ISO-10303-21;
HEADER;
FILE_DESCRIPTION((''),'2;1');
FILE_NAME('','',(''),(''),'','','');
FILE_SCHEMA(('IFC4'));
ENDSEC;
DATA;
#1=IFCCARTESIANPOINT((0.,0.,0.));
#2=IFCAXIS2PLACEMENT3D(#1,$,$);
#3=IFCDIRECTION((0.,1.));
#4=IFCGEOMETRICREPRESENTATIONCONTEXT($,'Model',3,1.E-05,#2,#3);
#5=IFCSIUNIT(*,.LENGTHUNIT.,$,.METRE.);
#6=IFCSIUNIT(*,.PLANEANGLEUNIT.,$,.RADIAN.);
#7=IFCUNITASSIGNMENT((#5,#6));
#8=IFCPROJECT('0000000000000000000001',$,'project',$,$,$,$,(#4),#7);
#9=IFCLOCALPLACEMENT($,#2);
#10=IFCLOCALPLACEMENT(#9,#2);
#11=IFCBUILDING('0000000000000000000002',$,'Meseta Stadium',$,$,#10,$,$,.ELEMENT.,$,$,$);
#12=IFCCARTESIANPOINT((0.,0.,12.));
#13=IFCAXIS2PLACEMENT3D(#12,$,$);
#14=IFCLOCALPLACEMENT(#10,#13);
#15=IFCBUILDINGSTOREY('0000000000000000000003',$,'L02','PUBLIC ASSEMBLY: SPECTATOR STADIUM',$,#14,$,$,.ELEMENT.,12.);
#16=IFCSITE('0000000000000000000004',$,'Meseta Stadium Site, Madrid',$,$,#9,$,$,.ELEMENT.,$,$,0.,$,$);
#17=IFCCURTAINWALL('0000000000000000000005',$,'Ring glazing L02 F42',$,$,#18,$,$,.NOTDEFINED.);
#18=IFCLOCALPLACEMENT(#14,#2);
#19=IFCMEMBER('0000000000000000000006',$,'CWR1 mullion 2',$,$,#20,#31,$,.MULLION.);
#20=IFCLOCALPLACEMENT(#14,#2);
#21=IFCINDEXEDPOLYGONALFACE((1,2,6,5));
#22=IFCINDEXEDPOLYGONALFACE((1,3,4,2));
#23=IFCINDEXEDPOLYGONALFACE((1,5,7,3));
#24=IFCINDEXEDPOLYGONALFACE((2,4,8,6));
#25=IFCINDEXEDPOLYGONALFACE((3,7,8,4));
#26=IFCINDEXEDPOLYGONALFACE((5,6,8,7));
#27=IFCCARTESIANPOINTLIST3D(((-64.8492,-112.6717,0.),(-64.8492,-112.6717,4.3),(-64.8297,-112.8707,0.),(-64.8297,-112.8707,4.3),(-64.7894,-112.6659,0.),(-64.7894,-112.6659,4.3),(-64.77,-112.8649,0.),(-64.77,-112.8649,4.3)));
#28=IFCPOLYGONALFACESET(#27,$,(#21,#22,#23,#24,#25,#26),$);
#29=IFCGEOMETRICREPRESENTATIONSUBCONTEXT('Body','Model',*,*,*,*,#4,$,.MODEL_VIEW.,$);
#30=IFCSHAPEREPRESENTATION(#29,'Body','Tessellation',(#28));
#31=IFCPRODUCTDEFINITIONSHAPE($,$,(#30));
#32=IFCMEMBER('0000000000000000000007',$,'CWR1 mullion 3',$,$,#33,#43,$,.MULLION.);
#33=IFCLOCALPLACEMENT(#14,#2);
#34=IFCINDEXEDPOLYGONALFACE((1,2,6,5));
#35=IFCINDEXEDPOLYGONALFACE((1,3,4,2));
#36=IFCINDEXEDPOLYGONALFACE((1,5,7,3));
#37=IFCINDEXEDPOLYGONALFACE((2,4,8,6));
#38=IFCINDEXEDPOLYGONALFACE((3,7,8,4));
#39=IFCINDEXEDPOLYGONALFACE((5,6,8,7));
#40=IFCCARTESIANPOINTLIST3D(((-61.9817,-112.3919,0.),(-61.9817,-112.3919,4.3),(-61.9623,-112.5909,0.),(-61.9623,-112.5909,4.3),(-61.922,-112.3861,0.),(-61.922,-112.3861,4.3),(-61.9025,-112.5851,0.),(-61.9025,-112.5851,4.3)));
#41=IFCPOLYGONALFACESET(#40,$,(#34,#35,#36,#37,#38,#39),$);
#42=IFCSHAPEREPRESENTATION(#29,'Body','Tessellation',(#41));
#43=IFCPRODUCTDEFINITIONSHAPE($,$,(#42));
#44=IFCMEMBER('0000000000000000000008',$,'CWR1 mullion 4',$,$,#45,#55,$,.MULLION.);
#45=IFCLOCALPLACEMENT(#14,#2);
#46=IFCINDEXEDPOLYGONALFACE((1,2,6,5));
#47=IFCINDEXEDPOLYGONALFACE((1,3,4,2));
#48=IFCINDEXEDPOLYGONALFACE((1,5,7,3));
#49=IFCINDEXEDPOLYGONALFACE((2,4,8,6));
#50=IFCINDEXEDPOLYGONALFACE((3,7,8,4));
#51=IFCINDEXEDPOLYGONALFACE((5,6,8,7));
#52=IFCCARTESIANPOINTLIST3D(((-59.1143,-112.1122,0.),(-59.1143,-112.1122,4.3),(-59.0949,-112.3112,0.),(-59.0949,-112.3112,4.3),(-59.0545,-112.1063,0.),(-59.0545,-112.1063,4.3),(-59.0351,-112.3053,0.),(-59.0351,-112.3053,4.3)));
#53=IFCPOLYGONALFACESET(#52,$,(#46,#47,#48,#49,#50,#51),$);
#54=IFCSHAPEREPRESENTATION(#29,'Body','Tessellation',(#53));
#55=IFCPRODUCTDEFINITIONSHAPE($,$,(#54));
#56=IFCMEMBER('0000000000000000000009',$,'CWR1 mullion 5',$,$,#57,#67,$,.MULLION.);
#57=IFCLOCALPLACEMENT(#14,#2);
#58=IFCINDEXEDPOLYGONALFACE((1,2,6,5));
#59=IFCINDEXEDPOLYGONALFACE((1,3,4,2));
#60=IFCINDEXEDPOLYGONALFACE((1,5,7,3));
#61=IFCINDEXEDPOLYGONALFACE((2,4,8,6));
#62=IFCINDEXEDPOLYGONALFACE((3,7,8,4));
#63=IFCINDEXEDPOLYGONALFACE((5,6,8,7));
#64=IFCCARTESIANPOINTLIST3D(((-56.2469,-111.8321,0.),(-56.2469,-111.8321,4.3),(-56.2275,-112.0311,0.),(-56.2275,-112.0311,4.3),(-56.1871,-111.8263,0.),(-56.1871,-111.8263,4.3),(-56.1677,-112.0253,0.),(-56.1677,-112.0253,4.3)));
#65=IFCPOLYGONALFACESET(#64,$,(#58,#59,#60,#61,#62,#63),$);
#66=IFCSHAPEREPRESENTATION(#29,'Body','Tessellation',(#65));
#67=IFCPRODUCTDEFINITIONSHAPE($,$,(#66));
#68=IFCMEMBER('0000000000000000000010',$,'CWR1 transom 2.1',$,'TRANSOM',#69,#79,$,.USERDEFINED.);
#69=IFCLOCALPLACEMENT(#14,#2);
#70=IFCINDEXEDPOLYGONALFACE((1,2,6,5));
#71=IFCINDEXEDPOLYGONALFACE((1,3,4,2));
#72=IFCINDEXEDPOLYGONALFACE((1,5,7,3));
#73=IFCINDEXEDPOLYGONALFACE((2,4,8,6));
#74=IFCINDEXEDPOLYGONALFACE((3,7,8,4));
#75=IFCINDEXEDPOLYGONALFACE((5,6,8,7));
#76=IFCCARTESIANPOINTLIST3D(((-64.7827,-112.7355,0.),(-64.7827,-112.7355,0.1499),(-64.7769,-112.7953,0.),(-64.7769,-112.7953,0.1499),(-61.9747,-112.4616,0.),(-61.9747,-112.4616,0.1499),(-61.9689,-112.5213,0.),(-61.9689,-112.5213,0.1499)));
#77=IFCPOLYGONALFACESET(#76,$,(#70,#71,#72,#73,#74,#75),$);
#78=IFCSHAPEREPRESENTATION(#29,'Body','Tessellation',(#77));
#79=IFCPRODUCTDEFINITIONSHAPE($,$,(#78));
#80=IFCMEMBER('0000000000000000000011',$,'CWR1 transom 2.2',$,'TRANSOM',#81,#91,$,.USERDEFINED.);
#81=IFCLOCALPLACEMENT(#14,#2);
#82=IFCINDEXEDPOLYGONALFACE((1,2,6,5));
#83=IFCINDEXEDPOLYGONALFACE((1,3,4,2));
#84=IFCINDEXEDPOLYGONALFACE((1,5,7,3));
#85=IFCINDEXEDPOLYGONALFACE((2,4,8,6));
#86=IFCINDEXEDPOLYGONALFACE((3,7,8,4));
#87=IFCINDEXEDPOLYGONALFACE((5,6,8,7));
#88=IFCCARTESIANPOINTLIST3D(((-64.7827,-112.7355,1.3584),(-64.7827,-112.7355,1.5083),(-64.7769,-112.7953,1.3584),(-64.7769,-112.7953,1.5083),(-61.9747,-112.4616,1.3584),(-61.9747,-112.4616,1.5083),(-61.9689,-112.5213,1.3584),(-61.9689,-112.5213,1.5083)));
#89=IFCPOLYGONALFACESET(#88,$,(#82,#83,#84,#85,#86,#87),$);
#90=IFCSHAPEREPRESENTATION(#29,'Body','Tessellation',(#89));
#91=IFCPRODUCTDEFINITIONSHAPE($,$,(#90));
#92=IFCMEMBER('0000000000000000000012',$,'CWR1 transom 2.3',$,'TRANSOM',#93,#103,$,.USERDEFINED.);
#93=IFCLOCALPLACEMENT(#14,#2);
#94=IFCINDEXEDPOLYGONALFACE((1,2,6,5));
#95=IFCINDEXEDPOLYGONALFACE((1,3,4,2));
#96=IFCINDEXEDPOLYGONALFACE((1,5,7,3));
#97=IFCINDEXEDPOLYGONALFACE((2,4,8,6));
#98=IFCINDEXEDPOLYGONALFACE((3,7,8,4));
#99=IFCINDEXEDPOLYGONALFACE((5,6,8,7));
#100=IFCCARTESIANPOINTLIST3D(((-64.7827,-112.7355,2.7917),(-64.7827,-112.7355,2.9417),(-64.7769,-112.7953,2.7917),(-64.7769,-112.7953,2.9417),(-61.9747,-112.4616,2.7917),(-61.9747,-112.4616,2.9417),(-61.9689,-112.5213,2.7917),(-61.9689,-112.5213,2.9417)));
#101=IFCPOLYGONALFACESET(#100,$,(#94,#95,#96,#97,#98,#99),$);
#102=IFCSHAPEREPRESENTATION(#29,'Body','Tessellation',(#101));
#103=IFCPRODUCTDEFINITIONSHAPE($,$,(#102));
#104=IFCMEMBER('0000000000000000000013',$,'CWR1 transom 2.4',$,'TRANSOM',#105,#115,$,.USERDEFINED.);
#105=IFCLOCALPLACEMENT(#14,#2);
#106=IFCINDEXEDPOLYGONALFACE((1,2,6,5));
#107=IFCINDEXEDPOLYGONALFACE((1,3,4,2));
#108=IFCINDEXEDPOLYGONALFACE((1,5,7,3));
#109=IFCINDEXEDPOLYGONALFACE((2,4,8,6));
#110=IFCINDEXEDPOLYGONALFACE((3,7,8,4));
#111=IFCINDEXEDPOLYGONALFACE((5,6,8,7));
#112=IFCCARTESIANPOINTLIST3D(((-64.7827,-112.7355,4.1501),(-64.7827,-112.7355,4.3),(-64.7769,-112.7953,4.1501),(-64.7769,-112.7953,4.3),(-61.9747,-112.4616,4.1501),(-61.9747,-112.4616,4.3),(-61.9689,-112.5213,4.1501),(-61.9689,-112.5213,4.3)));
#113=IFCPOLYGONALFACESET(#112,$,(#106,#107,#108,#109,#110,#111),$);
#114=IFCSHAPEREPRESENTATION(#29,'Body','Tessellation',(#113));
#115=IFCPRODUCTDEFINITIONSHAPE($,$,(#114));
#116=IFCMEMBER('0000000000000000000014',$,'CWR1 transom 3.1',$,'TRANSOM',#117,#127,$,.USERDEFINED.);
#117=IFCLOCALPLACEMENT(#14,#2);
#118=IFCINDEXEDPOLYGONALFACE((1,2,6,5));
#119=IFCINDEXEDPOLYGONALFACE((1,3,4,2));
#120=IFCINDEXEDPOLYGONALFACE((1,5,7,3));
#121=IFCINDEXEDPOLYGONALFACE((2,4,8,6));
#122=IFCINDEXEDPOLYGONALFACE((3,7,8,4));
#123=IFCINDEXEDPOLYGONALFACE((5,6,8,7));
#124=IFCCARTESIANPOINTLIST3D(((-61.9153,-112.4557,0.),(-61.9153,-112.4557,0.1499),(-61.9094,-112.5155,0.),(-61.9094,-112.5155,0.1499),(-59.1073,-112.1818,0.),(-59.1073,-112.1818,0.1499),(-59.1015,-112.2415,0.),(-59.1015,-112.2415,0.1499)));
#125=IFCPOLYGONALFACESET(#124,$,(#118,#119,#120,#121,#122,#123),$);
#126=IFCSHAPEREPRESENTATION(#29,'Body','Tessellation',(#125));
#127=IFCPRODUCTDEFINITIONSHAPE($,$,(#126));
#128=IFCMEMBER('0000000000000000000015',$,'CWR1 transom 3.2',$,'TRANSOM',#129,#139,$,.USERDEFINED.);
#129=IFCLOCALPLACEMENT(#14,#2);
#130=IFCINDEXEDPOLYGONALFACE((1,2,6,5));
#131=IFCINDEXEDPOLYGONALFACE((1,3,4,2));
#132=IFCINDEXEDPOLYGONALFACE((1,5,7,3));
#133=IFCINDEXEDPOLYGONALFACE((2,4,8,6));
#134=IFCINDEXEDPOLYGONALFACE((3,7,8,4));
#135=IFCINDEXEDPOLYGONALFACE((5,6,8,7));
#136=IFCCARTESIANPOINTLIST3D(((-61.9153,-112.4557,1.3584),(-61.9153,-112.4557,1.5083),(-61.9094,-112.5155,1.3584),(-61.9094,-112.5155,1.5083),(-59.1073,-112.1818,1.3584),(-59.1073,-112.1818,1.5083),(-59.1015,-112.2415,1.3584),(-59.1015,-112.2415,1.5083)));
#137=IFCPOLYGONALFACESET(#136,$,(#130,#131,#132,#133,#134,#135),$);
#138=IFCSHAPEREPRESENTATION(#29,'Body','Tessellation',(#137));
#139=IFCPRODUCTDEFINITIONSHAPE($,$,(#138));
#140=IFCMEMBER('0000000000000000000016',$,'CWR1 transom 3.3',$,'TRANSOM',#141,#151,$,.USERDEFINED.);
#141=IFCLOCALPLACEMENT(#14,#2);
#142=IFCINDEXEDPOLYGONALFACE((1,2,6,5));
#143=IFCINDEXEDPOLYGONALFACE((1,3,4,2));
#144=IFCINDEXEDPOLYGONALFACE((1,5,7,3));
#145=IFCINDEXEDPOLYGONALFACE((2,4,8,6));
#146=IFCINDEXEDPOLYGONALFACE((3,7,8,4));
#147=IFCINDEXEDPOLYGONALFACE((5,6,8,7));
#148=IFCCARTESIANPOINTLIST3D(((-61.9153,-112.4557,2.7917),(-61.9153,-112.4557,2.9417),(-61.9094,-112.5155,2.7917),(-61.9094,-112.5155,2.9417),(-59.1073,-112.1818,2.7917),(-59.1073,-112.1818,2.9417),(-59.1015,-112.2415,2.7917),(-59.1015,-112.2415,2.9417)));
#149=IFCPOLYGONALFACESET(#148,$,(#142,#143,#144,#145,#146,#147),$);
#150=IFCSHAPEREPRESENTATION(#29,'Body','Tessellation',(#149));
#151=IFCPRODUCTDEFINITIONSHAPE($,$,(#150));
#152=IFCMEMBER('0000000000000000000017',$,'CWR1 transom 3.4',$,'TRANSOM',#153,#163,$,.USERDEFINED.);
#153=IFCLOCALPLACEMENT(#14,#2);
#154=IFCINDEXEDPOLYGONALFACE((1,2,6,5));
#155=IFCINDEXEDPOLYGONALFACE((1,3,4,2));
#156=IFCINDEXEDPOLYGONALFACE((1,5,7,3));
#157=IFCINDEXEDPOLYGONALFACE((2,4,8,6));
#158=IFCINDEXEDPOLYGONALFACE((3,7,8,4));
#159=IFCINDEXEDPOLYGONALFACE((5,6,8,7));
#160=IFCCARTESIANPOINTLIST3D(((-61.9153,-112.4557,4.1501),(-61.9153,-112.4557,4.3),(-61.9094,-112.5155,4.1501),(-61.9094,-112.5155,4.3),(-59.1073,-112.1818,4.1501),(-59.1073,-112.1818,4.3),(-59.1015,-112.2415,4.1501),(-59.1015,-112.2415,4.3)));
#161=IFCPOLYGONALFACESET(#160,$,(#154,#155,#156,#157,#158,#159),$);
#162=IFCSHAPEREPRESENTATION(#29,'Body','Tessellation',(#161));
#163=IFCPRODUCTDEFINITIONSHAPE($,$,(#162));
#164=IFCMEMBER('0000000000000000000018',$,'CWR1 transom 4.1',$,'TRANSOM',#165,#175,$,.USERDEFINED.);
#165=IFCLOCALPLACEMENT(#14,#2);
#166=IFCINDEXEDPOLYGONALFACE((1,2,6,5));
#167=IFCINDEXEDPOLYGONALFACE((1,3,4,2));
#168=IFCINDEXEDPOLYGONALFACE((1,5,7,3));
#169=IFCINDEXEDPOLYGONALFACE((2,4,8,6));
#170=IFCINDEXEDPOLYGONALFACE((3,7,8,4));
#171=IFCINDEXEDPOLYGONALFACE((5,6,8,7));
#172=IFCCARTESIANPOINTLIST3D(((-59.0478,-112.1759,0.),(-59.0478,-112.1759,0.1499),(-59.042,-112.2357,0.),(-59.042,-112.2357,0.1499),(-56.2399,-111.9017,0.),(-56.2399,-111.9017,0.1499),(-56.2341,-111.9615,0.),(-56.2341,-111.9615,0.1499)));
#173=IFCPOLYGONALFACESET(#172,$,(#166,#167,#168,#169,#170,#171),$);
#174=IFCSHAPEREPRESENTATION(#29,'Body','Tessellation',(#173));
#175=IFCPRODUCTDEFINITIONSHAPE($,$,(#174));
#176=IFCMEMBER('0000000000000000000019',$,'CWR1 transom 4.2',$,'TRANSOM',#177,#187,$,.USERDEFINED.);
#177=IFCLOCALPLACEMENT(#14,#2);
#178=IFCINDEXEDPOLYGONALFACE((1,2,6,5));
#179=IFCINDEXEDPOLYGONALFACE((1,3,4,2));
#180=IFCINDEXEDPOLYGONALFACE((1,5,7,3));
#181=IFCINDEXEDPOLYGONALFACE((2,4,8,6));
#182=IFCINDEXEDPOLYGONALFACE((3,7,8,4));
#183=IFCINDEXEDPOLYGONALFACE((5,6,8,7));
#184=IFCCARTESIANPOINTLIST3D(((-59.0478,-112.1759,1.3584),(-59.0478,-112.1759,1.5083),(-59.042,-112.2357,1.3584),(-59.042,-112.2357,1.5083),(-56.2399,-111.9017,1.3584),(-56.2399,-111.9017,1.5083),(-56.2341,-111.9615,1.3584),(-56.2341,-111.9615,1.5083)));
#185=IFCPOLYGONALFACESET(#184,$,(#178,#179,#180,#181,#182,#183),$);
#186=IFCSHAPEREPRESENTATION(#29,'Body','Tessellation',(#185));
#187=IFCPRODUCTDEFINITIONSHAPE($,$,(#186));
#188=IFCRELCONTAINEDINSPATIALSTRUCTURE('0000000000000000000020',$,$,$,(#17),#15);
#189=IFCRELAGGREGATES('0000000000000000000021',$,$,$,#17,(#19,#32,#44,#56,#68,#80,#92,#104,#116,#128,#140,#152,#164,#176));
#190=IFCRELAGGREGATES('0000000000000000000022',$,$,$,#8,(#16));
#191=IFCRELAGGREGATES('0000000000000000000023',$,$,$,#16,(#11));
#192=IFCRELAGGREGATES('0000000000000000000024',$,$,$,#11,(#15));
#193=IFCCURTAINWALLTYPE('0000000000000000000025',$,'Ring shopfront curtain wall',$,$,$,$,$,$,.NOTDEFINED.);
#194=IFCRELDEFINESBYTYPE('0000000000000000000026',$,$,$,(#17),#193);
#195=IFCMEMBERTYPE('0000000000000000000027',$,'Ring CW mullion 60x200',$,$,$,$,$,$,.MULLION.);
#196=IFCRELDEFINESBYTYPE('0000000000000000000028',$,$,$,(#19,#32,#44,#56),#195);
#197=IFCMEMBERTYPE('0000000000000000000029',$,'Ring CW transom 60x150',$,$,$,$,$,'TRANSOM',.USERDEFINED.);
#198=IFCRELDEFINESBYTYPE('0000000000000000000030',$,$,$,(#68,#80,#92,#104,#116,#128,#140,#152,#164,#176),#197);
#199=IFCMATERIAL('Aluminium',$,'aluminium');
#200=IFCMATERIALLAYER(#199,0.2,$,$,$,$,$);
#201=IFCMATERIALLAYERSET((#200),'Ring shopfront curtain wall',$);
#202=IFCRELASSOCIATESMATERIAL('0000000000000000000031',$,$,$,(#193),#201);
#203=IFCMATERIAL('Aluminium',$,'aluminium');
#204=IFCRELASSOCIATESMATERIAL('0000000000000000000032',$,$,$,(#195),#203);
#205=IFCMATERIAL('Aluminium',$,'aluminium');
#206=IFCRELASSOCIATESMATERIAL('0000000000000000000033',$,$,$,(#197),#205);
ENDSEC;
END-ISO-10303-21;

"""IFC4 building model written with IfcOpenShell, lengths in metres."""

from ifc_helpers import new_model, si_unit, direction, frame, origin, origin_2d, place, context, subcontext, project, spatial, rectangle, extrude, material, layer, layer_set, material_profile, profile_set, type_object, element, aggregate, save


model = new_model("IFC4")

# Units and contexts
model_context = context("Model", 3, precision=1e-05, world=origin(), true_north=direction((0.0, 1.0)))
body_context = subcontext(model_context, "Body", "Model", "MODEL_VIEW")
ifc_project = project(units=[si_unit("LENGTHUNIT", "METRE"), si_unit("PLANEANGLEUNIT", "RADIAN")], contexts=[model_context])

# Site, building, storey
site_placement = place(None, origin())
site = spatial("IfcSite", under=ifc_project, at=site_placement, Name="Meseta Stadium Site, Madrid", CompositionType="ELEMENT", RefElevation=0.0)
building_placement = place(site_placement, origin())
building = spatial("IfcBuilding", under=site, at=building_placement, Name="Meseta Stadium", CompositionType="ELEMENT")
storey_placement = place(building_placement, frame((0.0, 0.0, 12.0)))
storey = spatial("IfcBuildingStorey", under=building, at=storey_placement, Name="L02", Description="PUBLIC ASSEMBLY: SPECTATOR STADIUM", CompositionType="ELEMENT", Elevation=12.0)

# Curtain wall, members
ifc_material_1 = material(Name="Aluminium", Category="aluminium")
ifc_layer_1 = layer(ifc_material_1, 0.2)
ifc_layer_set_1 = layer_set([ifc_layer_1], Name="Ring shopfront curtain wall")
curtain_wall_type = type_object("IfcCurtainWallType", Name="Ring shopfront curtain wall", PredefinedType="NOTDEFINED", material=ifc_layer_set_1)
curtain_wall_placement = place(storey_placement, origin())
curtain_wall = element("IfcCurtainWall", 1, at=curtain_wall_placement, inside=storey, type_object=curtain_wall_type, Name="Ring glazing L02 F42", PredefinedType="NOTDEFINED")
ifc_material_2 = material(Name="Aluminium", Category="aluminium")
ifc_material_profile_1 = material_profile(ifc_material_2, rectangle(XDim=0.2, YDim=0.0601, at=origin_2d()), Name="CW 200x60")
ifc_profile_set_1 = profile_set([ifc_material_profile_1], Name="Aluminium")
member_type_1 = type_object("IfcMemberType", Name="Ring CW mullion 60x200", PredefinedType="MULLION", material=ifc_profile_set_1)
member_1_placement = place(storey_placement, frame((-64.8096, -112.7683, 0.0), z_axis=(0.0, 0.0, 1.0), x_axis=(-0.097125, 0.995272, 0.0)))
member_1 = element("IfcMember", 2, at=member_1_placement, type_object=member_type_1, Name="CWR1 mullion 2", PredefinedType="MULLION", context=body_context, shape_type="SweptSolid", body=[
    extrude(rectangle(XDim=0.2, YDim=0.0601, at=origin_2d()), origin(), (0.0, 0.0, 1.0), 4.3),
])
member_2_placement = place(storey_placement, frame((-61.9421, -112.4885, 0.0), z_axis=(0.0, 0.0, 1.0), x_axis=(-0.097125, 0.995272, 0.0)))
member_2 = element("IfcMember", 3, at=member_2_placement, type_object=member_type_1, Name="CWR1 mullion 3", PredefinedType="MULLION", context=body_context, shape_type="SweptSolid", body=[
    extrude(rectangle(XDim=0.2, YDim=0.0601, at=origin_2d()), origin(), (0.0, 0.0, 1.0), 4.3),
])
member_3_placement = place(storey_placement, frame((-59.0747, -112.2087, 0.0), z_axis=(0.0, 0.0, 1.0), x_axis=(-0.097125, 0.995272, 0.0)))
member_3 = element("IfcMember", 4, at=member_3_placement, type_object=member_type_1, Name="CWR1 mullion 4", PredefinedType="MULLION", context=body_context, shape_type="SweptSolid", body=[
    extrude(rectangle(XDim=0.2, YDim=0.0601, at=origin_2d()), origin(), (0.0, 0.0, 1.0), 4.3),
])
member_4_placement = place(storey_placement, frame((-56.2073, -111.9287, 0.0), z_axis=(0.0, 0.0, 1.0), x_axis=(-0.097125, 0.995272, 0.0)))
member_4 = element("IfcMember", 5, at=member_4_placement, type_object=member_type_1, Name="CWR1 mullion 5", PredefinedType="MULLION", context=body_context, shape_type="SweptSolid", body=[
    extrude(rectangle(XDim=0.2, YDim=0.0601, at=origin_2d()), origin(), (0.0, 0.0, 1.0), 4.3),
])
ifc_material_3 = material(Name="Aluminium", Category="aluminium")
ifc_material_profile_2 = material_profile(ifc_material_3, rectangle(XDim=0.0601, YDim=0.1499, at=origin_2d()), Name="CW 60x150")
ifc_profile_set_2 = profile_set([ifc_material_profile_2], Name="Aluminium")
member_type_2 = type_object("IfcMemberType", Name="Ring CW transom 60x150", ElementType="TRANSOM", PredefinedType="USERDEFINED", material=ifc_profile_set_2)
member_5_placement = place(storey_placement, frame((-64.7798, -112.7654, 0.075), z_axis=(0.995275, 0.097096, 0.0), x_axis=(-0.097096, 0.995275, 0.0)))
member_5 = element("IfcMember", 6, at=member_5_placement, type_object=member_type_2, Name="CWR1 transom 2.1", ObjectType="TRANSOM", PredefinedType="USERDEFINED", context=body_context, shape_type="SweptSolid", body=[
    extrude(rectangle(XDim=0.0601, YDim=0.1499, at=origin_2d()), origin(), (0.0, 0.0, 1.0), 2.8213),
])
member_6_placement = place(storey_placement, frame((-64.7798, -112.7654, 1.4333), z_axis=(0.995275, 0.097096, 0.0), x_axis=(-0.097096, 0.995275, 0.0)))
member_6 = element("IfcMember", 7, at=member_6_placement, type_object=member_type_2, Name="CWR1 transom 2.2", ObjectType="TRANSOM", PredefinedType="USERDEFINED", context=body_context, shape_type="SweptSolid", body=[
    extrude(rectangle(XDim=0.0601, YDim=0.1499, at=origin_2d()), origin(), (0.0, 0.0, 1.0), 2.8213),
])
member_7_placement = place(storey_placement, frame((-64.7798, -112.7654, 2.8667), z_axis=(0.995275, 0.097096, 0.0), x_axis=(-0.097096, 0.995275, 0.0)))
member_7 = element("IfcMember", 8, at=member_7_placement, type_object=member_type_2, Name="CWR1 transom 2.3", ObjectType="TRANSOM", PredefinedType="USERDEFINED", context=body_context, shape_type="SweptSolid", body=[
    extrude(rectangle(XDim=0.0601, YDim=0.1499, at=origin_2d()), origin(), (0.0, 0.0, 1.0), 2.8213),
])
member_8_placement = place(storey_placement, frame((-64.7798, -112.7654, 4.2251), z_axis=(0.995275, 0.097096, 0.0), x_axis=(-0.097096, 0.995275, 0.0)))
member_8 = element("IfcMember", 9, at=member_8_placement, type_object=member_type_2, Name="CWR1 transom 2.4", ObjectType="TRANSOM", PredefinedType="USERDEFINED", context=body_context, shape_type="SweptSolid", body=[
    extrude(rectangle(XDim=0.0601, YDim=0.1499, at=origin_2d()), origin(), (0.0, 0.0, 1.0), 2.8213),
])
member_9_placement = place(storey_placement, frame((-61.9124, -112.4856, 0.075), z_axis=(0.995275, 0.097096, 0.0), x_axis=(-0.097096, 0.995275, 0.0)))
member_9 = element("IfcMember", 10, at=member_9_placement, type_object=member_type_2, Name="CWR1 transom 3.1", ObjectType="TRANSOM", PredefinedType="USERDEFINED", context=body_context, shape_type="SweptSolid", body=[
    extrude(rectangle(XDim=0.0601, YDim=0.1499, at=origin_2d()), origin(), (0.0, 0.0, 1.0), 2.8213),
])
member_10_placement = place(storey_placement, frame((-61.9124, -112.4856, 1.4333), z_axis=(0.995275, 0.097096, 0.0), x_axis=(-0.097096, 0.995275, 0.0)))
member_10 = element("IfcMember", 11, at=member_10_placement, type_object=member_type_2, Name="CWR1 transom 3.2", ObjectType="TRANSOM", PredefinedType="USERDEFINED", context=body_context, shape_type="SweptSolid", body=[
    extrude(rectangle(XDim=0.0601, YDim=0.1499, at=origin_2d()), origin(), (0.0, 0.0, 1.0), 2.8213),
])
member_11_placement = place(storey_placement, frame((-61.9124, -112.4856, 2.8667), z_axis=(0.995275, 0.097096, 0.0), x_axis=(-0.097096, 0.995275, 0.0)))
member_11 = element("IfcMember", 12, at=member_11_placement, type_object=member_type_2, Name="CWR1 transom 3.3", ObjectType="TRANSOM", PredefinedType="USERDEFINED", context=body_context, shape_type="SweptSolid", body=[
    extrude(rectangle(XDim=0.0601, YDim=0.1499, at=origin_2d()), origin(), (0.0, 0.0, 1.0), 2.8213),
])
member_12_placement = place(storey_placement, frame((-61.9124, -112.4856, 4.2251), z_axis=(0.995275, 0.097096, 0.0), x_axis=(-0.097096, 0.995275, 0.0)))
member_12 = element("IfcMember", 13, at=member_12_placement, type_object=member_type_2, Name="CWR1 transom 3.4", ObjectType="TRANSOM", PredefinedType="USERDEFINED", context=body_context, shape_type="SweptSolid", body=[
    extrude(rectangle(XDim=0.0601, YDim=0.1499, at=origin_2d()), origin(), (0.0, 0.0, 1.0), 2.8213),
])
member_13_placement = place(storey_placement, frame((-59.0449, -112.2058, 0.075), z_axis=(0.995267, 0.097182, 0.0), x_axis=(-0.097182, 0.995267, 0.0)))
member_13 = element("IfcMember", 14, at=member_13_placement, type_object=member_type_2, Name="CWR1 transom 4.1", ObjectType="TRANSOM", PredefinedType="USERDEFINED", context=body_context, shape_type="SweptSolid", body=[
    extrude(rectangle(XDim=0.0601, YDim=0.1499, at=origin_2d()), origin(), (0.0, 0.0, 1.0), 2.8213),
])
member_14_placement = place(storey_placement, frame((-59.0449, -112.2058, 1.4333), z_axis=(0.995267, 0.097182, 0.0), x_axis=(-0.097182, 0.995267, 0.0)))
member_14 = element("IfcMember", 15, at=member_14_placement, type_object=member_type_2, Name="CWR1 transom 4.2", ObjectType="TRANSOM", PredefinedType="USERDEFINED", context=body_context, shape_type="SweptSolid", body=[
    extrude(rectangle(XDim=0.0601, YDim=0.1499, at=origin_2d()), origin(), (0.0, 0.0, 1.0), 2.8213),
])
aggregate(curtain_wall, [member_1, member_2, member_3, member_4, member_5, member_6, member_7, member_8, member_9, member_10, member_11, member_12, member_13, member_14])

save(model, "model.ifc")
